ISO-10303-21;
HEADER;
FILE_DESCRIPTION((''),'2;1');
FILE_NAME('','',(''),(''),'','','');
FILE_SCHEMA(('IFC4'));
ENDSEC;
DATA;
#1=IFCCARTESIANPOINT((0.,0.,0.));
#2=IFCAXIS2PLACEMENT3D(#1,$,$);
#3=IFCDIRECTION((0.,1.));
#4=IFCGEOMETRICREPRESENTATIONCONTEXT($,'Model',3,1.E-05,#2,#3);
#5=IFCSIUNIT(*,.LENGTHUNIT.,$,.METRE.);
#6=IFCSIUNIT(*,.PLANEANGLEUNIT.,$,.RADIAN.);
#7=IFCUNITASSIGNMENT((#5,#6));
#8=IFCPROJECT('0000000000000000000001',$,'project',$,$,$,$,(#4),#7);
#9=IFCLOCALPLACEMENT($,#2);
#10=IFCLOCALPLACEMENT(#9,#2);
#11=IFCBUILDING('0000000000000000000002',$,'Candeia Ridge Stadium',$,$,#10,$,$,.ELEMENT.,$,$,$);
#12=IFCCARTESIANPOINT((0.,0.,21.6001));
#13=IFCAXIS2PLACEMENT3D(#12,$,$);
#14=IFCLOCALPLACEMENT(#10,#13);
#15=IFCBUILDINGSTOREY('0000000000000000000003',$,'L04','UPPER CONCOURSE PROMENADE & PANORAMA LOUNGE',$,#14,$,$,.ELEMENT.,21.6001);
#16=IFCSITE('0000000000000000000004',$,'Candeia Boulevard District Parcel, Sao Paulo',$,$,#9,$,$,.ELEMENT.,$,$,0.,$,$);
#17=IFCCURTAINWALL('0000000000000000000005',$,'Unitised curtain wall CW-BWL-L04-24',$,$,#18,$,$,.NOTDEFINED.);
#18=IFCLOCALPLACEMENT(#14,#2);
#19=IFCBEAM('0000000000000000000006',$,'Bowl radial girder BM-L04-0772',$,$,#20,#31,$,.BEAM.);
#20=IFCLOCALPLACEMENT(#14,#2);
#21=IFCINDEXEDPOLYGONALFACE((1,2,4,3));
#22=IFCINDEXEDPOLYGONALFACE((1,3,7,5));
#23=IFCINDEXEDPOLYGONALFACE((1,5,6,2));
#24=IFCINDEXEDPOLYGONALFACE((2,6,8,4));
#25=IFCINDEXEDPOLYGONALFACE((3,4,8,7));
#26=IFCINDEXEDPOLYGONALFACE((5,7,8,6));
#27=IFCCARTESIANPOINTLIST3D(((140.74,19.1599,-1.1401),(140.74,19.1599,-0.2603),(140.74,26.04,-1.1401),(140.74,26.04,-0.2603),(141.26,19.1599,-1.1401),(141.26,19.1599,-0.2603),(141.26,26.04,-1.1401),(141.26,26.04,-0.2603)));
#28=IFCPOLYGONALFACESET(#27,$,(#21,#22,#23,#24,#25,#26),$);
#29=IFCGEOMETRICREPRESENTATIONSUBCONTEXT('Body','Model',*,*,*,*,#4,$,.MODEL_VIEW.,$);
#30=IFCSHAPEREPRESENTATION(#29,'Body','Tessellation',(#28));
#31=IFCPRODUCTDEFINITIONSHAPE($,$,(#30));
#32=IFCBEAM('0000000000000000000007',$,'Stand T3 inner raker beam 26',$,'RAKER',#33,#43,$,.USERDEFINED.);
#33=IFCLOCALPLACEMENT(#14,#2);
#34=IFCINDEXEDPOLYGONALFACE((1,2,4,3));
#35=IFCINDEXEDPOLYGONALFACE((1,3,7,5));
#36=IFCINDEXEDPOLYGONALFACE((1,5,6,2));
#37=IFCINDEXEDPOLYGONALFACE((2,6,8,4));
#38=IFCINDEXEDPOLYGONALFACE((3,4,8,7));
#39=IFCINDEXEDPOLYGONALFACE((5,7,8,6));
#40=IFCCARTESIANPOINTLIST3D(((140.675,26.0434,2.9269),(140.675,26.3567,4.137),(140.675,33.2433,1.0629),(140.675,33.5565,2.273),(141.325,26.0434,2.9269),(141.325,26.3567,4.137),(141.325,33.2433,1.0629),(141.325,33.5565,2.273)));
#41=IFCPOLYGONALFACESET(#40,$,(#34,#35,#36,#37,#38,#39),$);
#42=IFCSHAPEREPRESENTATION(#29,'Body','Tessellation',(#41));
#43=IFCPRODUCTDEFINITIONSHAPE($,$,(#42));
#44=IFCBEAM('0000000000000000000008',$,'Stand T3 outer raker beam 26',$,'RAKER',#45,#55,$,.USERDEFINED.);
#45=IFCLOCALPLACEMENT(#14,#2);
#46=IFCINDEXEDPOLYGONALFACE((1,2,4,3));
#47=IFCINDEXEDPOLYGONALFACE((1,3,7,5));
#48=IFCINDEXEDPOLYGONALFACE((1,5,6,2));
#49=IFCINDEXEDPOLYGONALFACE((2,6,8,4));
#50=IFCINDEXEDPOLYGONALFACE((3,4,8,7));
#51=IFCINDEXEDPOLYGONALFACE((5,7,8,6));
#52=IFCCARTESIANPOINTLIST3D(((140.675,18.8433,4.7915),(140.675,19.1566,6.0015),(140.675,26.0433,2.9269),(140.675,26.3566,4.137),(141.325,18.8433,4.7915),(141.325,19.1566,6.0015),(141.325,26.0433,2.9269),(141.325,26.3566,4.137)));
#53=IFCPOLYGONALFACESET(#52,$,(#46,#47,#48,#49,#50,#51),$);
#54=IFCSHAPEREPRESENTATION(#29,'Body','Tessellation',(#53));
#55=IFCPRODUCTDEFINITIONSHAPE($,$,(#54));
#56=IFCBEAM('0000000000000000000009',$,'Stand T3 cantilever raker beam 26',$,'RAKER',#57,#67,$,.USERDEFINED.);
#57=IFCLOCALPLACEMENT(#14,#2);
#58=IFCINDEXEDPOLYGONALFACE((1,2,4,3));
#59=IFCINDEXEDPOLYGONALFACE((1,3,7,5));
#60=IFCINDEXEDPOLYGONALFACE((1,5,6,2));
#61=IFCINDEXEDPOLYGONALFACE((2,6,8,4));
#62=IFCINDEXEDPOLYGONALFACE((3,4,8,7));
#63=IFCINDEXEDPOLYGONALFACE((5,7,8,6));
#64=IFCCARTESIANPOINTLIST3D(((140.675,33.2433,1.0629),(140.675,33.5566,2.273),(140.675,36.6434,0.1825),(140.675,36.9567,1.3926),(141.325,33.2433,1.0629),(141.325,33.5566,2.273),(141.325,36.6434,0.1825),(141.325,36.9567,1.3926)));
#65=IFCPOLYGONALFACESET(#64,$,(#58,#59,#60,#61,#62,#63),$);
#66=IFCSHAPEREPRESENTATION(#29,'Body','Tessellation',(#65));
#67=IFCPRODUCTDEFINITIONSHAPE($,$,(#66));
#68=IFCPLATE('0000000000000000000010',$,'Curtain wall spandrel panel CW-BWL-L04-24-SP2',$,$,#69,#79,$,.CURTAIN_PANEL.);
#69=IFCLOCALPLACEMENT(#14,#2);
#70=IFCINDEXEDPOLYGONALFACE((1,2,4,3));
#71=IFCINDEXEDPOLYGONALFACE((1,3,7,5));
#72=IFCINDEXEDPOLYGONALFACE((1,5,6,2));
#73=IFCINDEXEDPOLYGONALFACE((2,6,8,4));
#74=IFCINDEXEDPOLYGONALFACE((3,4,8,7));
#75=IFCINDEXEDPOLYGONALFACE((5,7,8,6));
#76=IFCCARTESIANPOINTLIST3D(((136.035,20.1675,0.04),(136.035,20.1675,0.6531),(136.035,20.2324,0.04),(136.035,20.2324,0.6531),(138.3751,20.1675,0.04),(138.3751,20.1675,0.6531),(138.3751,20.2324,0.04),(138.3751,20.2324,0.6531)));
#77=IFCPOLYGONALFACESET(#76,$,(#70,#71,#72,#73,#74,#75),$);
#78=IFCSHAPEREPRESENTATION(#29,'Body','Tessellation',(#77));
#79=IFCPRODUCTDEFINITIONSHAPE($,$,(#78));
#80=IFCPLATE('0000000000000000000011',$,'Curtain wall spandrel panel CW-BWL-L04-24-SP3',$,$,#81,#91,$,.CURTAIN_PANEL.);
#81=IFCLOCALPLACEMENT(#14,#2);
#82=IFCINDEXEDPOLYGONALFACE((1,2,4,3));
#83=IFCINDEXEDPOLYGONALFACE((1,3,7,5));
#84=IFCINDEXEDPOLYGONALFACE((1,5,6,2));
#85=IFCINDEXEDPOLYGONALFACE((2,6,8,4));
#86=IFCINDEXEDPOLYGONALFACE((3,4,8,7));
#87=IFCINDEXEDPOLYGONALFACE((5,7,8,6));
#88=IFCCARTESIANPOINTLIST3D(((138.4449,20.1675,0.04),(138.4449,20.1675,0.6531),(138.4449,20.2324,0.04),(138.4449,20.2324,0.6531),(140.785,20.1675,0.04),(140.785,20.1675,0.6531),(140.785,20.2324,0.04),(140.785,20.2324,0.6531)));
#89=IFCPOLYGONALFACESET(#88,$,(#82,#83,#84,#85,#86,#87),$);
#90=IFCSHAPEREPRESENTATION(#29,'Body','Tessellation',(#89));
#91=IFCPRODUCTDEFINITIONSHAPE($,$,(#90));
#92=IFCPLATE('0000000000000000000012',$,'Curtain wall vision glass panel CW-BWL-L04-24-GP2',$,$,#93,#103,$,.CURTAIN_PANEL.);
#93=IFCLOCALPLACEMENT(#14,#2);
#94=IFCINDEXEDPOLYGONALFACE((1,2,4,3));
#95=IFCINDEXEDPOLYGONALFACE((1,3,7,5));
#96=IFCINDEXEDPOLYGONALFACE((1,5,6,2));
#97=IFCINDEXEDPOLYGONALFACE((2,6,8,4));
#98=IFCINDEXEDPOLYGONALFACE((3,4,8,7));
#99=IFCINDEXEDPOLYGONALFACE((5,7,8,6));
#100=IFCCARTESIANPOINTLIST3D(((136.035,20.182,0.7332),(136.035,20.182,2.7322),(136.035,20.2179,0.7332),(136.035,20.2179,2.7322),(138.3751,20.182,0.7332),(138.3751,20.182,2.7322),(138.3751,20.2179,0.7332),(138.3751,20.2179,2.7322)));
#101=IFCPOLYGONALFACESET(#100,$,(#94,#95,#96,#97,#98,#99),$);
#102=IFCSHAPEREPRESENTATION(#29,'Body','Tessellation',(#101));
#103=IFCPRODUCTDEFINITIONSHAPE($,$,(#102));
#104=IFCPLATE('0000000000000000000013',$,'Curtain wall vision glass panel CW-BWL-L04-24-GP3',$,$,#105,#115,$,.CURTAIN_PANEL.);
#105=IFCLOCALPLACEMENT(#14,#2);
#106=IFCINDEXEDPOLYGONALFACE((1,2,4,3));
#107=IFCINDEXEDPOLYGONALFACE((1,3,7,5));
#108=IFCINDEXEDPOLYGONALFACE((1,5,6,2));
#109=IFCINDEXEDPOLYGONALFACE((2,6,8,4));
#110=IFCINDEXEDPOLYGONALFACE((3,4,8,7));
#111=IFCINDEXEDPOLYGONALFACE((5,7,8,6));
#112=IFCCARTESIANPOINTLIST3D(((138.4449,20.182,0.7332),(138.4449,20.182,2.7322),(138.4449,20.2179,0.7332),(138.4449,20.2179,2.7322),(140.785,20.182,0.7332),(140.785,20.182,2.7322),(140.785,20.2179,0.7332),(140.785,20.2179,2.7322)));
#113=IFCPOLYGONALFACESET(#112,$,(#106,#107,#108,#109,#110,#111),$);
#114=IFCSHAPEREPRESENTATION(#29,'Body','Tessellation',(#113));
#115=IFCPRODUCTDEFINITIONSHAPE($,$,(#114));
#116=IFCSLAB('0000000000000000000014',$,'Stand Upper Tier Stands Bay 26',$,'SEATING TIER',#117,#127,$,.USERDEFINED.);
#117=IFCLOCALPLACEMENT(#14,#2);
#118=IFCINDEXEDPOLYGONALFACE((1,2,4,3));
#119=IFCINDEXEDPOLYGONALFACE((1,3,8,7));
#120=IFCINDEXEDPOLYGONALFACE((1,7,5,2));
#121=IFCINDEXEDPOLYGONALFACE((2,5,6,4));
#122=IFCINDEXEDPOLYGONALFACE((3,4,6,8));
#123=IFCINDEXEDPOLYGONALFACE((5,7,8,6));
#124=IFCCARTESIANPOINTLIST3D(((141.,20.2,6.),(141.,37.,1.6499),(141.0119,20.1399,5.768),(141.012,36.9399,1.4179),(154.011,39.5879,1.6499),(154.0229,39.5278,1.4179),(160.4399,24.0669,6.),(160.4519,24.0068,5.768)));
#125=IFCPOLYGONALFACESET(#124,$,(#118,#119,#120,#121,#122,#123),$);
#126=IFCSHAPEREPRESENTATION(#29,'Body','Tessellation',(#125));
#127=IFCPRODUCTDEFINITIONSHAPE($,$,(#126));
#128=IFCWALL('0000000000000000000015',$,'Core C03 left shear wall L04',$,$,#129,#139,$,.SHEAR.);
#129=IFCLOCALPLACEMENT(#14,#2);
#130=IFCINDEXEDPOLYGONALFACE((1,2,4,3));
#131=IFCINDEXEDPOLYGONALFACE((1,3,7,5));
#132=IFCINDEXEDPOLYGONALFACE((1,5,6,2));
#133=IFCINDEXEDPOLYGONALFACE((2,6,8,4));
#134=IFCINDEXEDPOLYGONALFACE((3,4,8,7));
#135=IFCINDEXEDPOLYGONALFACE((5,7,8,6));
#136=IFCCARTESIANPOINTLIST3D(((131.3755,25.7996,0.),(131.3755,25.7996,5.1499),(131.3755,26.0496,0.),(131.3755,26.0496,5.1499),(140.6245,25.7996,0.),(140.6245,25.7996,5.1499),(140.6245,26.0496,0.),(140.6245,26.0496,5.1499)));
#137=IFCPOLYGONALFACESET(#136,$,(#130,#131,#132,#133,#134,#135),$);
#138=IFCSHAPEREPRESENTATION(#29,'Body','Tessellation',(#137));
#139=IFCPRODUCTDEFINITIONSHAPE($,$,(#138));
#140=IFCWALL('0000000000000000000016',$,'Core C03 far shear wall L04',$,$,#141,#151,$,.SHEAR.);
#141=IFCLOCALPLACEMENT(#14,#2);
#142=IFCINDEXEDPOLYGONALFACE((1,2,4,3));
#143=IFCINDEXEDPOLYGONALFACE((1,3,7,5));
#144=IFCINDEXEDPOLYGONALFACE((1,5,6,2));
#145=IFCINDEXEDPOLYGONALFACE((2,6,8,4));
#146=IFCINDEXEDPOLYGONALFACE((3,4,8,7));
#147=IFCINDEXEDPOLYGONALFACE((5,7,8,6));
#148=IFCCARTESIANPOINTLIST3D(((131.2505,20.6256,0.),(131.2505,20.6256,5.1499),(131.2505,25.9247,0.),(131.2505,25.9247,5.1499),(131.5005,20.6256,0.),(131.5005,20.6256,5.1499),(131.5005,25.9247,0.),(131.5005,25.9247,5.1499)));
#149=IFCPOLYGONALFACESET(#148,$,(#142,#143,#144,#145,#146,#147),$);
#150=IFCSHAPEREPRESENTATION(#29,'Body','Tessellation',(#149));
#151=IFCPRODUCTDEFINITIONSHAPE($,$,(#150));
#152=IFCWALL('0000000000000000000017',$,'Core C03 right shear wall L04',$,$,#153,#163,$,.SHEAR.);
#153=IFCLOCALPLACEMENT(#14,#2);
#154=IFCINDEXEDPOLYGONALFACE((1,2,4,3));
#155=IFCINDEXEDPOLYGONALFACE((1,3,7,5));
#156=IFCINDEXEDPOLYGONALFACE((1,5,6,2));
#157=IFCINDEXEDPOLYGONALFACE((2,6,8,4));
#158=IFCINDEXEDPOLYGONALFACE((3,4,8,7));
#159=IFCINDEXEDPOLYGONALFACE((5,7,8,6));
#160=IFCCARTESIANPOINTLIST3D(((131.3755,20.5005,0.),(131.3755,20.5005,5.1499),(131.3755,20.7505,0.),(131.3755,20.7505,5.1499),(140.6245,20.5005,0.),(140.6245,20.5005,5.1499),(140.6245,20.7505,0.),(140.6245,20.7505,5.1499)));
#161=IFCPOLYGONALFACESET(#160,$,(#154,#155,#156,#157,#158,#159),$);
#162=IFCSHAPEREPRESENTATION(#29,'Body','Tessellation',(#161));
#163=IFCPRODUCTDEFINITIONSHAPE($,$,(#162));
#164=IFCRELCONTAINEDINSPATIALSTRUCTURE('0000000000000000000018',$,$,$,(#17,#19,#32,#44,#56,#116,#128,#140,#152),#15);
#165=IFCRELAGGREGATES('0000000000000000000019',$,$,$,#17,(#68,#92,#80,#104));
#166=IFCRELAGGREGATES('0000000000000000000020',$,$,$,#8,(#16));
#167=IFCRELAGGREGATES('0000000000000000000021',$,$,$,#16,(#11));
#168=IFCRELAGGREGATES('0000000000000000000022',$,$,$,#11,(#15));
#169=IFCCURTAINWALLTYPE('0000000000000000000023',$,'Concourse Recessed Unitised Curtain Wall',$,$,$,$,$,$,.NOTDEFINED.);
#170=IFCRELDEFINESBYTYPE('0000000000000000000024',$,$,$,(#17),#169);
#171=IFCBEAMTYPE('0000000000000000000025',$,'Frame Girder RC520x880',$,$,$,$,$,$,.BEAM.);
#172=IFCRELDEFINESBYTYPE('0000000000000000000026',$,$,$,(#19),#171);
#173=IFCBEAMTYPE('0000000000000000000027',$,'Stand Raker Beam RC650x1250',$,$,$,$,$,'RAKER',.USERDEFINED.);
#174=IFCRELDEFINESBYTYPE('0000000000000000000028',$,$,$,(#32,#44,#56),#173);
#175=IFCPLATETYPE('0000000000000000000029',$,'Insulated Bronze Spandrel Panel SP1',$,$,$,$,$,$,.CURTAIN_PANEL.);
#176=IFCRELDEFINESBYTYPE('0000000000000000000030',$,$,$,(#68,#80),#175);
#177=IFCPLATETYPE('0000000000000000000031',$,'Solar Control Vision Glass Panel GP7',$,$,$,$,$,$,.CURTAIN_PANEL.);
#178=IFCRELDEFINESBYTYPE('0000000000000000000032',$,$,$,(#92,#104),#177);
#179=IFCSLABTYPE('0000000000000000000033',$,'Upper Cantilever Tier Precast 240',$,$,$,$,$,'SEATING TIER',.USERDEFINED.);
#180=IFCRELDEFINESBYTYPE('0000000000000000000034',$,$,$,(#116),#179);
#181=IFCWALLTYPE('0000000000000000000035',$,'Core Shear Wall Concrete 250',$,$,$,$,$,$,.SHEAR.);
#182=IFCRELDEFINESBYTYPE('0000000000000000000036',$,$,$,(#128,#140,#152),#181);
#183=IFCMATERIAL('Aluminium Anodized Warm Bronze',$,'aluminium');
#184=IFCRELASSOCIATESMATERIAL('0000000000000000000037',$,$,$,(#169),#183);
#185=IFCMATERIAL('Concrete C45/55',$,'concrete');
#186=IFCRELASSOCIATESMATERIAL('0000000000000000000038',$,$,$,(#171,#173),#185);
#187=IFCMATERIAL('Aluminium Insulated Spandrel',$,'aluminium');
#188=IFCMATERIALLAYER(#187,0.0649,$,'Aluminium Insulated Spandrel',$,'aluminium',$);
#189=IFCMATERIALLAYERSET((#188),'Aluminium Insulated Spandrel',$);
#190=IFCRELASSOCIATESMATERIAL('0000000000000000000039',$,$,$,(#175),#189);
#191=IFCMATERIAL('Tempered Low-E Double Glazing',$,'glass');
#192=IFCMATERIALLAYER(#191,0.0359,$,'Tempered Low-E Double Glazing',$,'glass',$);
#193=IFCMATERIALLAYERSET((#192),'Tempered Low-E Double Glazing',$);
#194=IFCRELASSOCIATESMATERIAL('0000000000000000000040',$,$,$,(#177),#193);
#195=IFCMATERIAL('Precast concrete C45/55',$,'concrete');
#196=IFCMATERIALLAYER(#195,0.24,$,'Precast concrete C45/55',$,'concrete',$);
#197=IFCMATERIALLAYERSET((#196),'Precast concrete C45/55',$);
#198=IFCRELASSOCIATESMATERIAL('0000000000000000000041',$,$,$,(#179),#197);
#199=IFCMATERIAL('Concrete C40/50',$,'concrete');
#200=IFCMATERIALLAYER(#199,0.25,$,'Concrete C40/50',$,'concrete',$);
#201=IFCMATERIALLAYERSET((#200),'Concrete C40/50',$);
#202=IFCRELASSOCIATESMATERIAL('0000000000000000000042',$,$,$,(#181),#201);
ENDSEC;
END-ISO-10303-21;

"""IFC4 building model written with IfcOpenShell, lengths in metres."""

from ifc_helpers import new_model, si_unit, direction, frame, frame_2d, origin, origin_2d, place, context, subcontext, project, spatial, polyline, rectangle, outline, extrude, material, layer, layer_set, material_profile, profile_set, type_object, element, aggregate, save


model = new_model("IFC4")

# Units and contexts
model_context = context("Model", 3, precision=1e-05, world=origin(), true_north=direction((0.0, 1.0)))
body_context = subcontext(model_context, "Body", "Model", "MODEL_VIEW")
ifc_project = project(units=[si_unit("LENGTHUNIT", "METRE"), si_unit("PLANEANGLEUNIT", "RADIAN")], contexts=[model_context])

# Site, building, storey
site_placement = place(None, origin())
site = spatial("IfcSite", under=ifc_project, at=site_placement, Name="Candeia Boulevard District Parcel, Sao Paulo", CompositionType="ELEMENT", RefElevation=0.0)
building_placement = place(site_placement, origin())
building = spatial("IfcBuilding", under=site, at=building_placement, Name="Candeia Ridge Stadium", CompositionType="ELEMENT")
storey_placement = place(building_placement, frame((0.0, 0.0, 21.6001)))
storey = spatial("IfcBuildingStorey", under=building, at=storey_placement, Name="L04", Description="UPPER CONCOURSE PROMENADE & PANORAMA LOUNGE", CompositionType="ELEMENT", Elevation=21.6001)

# Shared definitions
ifc_material_1 = material(Name="Concrete C45/55", Category="concrete")
ifc_material_2 = material(Name="Concrete C40/50", Category="concrete")

# Curtain wall
ifc_material_3 = material(Name="Aluminium Anodized Warm Bronze", Category="aluminium")
curtain_wall_type = type_object("IfcCurtainWallType", Name="Concourse Recessed Unitised Curtain Wall", PredefinedType="NOTDEFINED", material=ifc_material_3)
curtain_wall_placement = place(storey_placement, origin())
curtain_wall = element("IfcCurtainWall", 1, at=curtain_wall_placement, inside=storey, type_object=curtain_wall_type, Name="Unitised curtain wall CW-BWL-L04-24", PredefinedType="NOTDEFINED")

# Beams
ifc_material_profile_1 = material_profile(ifc_material_1, rectangle(XDim=0.52, YDim=0.8799, at=origin_2d()), Name="RC520x880", Category="concrete")
ifc_profile_set_1 = profile_set([ifc_material_profile_1], Name="Concrete C45/55")
beam_type_1 = type_object("IfcBeamType", Name="Frame Girder RC520x880", PredefinedType="BEAM", material=ifc_profile_set_1)
beam_1_placement = place(storey_placement, frame((141.0, 26.04, -0.7002), z_axis=(0.0, -1.0, 0.0), x_axis=(1.0, 0.0, 0.0)))
element("IfcBeam", 2, at=beam_1_placement, inside=storey, type_object=beam_type_1, Name="Bowl radial girder BM-L04-0772", PredefinedType="BEAM", context=body_context, shape_type="SweptSolid", body=[
    extrude(rectangle(XDim=0.52, YDim=0.8799, at=origin_2d()), origin(), (0.0, 0.0, 1.0), 6.8801),
])
ifc_material_profile_2 = material_profile(ifc_material_1, rectangle(XDim=0.6499, YDim=1.25, at=origin_2d()), Name="RC650x1250", Category="concrete")
ifc_profile_set_2 = profile_set([ifc_material_profile_2], Name="Concrete C45/55")
beam_type_2 = type_object("IfcBeamType", Name="Stand Raker Beam RC650x1250", ElementType="RAKER", PredefinedType="USERDEFINED", material=ifc_profile_set_2)
beam_2_placement = place(storey_placement, frame((141.0, 33.3999, 1.668), z_axis=(0.0, -0.968083, 0.250629), x_axis=(1.0, 0.0, 0.0)))
element("IfcBeam", 3, at=beam_2_placement, inside=storey, type_object=beam_type_2, Name="Stand T3 inner raker beam 26", ObjectType="RAKER", PredefinedType="USERDEFINED", context=body_context, shape_type="SweptSolid", body=[
    extrude(rectangle(XDim=0.6499, YDim=1.25, at=origin_2d()), origin(), (0.0, 0.0, 1.0), 7.4373),
])
beam_3_placement = place(storey_placement, frame((141.0, 26.2, 3.532), z_axis=(0.0, -0.968067, 0.250691), x_axis=(1.0, 0.0, 0.0)))
element("IfcBeam", 4, at=beam_3_placement, inside=storey, type_object=beam_type_2, Name="Stand T3 outer raker beam 26", ObjectType="RAKER", PredefinedType="USERDEFINED", context=body_context, shape_type="SweptSolid", body=[
    extrude(rectangle(XDim=0.6499, YDim=1.25, at=origin_2d()), origin(), (0.0, 0.0, 1.0), 7.4375),
])
beam_4_placement = place(storey_placement, frame((141.0, 36.8, 0.7876), z_axis=(0.0, -0.968076, 0.250656), x_axis=(1.0, 0.0, 0.0)))
element("IfcBeam", 5, at=beam_4_placement, inside=storey, type_object=beam_type_2, Name="Stand T3 cantilever raker beam 26", ObjectType="RAKER", PredefinedType="USERDEFINED", context=body_context, shape_type="SweptSolid", body=[
    extrude(rectangle(XDim=0.6499, YDim=1.25, at=origin_2d()), origin(), (0.0, 0.0, 1.0), 3.5122),
])

# Plates
ifc_material_4 = material(Name="Aluminium Insulated Spandrel", Category="aluminium")
ifc_layer_1 = layer(ifc_material_4, 0.0649, Name="Aluminium Insulated Spandrel", Category="aluminium")
ifc_layer_set_1 = layer_set([ifc_layer_1], Name="Aluminium Insulated Spandrel")
plate_type_1 = type_object("IfcPlateType", Name="Insulated Bronze Spandrel Panel SP1", PredefinedType="CURTAIN_PANEL", material=ifc_layer_set_1)
plate_1_placement = place(storey_placement, frame((137.2051, 20.2, 0.04), z_axis=(0.0, 0.0, 1.0), x_axis=(1.0, 0.0, 0.0)))
plate_1 = element("IfcPlate", 6, at=plate_1_placement, type_object=plate_type_1, Name="Curtain wall spandrel panel CW-BWL-L04-24-SP2", PredefinedType="CURTAIN_PANEL", context=body_context, shape_type="SweptSolid", body=[
    extrude(rectangle(XDim=2.3401, YDim=0.0649, at=origin_2d()), origin(), (0.0, 0.0, 1.0), 0.613),
])
plate_2_placement = place(storey_placement, frame((139.615, 20.2, 0.04), z_axis=(0.0, 0.0, 1.0), x_axis=(1.0, 0.0, 0.0)))
plate_2 = element("IfcPlate", 7, at=plate_2_placement, type_object=plate_type_1, Name="Curtain wall spandrel panel CW-BWL-L04-24-SP3", PredefinedType="CURTAIN_PANEL", context=body_context, shape_type="SweptSolid", body=[
    extrude(rectangle(XDim=2.3401, YDim=0.0649, at=origin_2d()), origin(), (0.0, 0.0, 1.0), 0.613),
])
ifc_material_5 = material(Name="Tempered Low-E Double Glazing", Category="glass")
ifc_layer_2 = layer(ifc_material_5, 0.0359, Name="Tempered Low-E Double Glazing", Category="glass")
ifc_layer_set_2 = layer_set([ifc_layer_2], Name="Tempered Low-E Double Glazing")
plate_type_2 = type_object("IfcPlateType", Name="Solar Control Vision Glass Panel GP7", PredefinedType="CURTAIN_PANEL", material=ifc_layer_set_2)
plate_3_placement = place(storey_placement, frame((137.2051, 20.2, 0.7332), z_axis=(0.0, 0.0, 1.0), x_axis=(1.0, 0.0, 0.0)))
plate_3 = element("IfcPlate", 8, at=plate_3_placement, type_object=plate_type_2, Name="Curtain wall vision glass panel CW-BWL-L04-24-GP2", PredefinedType="CURTAIN_PANEL", context=body_context, shape_type="SweptSolid", body=[
    extrude(rectangle(XDim=2.3401, YDim=0.0359, at=origin_2d()), origin(), (0.0, 0.0, 1.0), 1.999),
])
plate_4_placement = place(storey_placement, frame((139.615, 20.2, 0.7332), z_axis=(0.0, 0.0, 1.0), x_axis=(1.0, 0.0, 0.0)))
plate_4 = element("IfcPlate", 9, at=plate_4_placement, type_object=plate_type_2, Name="Curtain wall vision glass panel CW-BWL-L04-24-GP3", PredefinedType="CURTAIN_PANEL", context=body_context, shape_type="SweptSolid", body=[
    extrude(rectangle(XDim=2.3401, YDim=0.0359, at=origin_2d()), origin(), (0.0, 0.0, 1.0), 1.999),
])
aggregate(curtain_wall, [plate_1, plate_3, plate_2, plate_4])

# Slab
ifc_material_6 = material(Name="Precast concrete C45/55", Category="concrete")
ifc_layer_3 = layer(ifc_material_6, 0.24, Name="Precast concrete C45/55", Category="concrete")
ifc_layer_set_3 = layer_set([ifc_layer_3], Name="Precast concrete C45/55")
slab_type = type_object("IfcSlabType", Name="Upper Cantilever Tier Precast 240", ElementType="SEATING TIER", PredefinedType="USERDEFINED", material=ifc_layer_set_3)
slab_placement = place(storey_placement, frame((141.0, 37.0, 1.6499), z_axis=(-0.049799, 0.250358, 0.966872), x_axis=(0.980787, 0.19508, 0.000002)))
element("IfcSlab", 10, at=slab_placement, inside=storey, type_object=slab_type, Name="Stand Upper Tier Stands Bay 26", ObjectType="SEATING TIER", PredefinedType="USERDEFINED", context=body_context, shape_type="SweptSolid", body=[
    extrude(outline(polyline([(0.0, 0.0), (13.2659, 0.0), (16.5435, -17.0415), (-3.2773, -17.0418), (0.0, 0.0)])), origin(), (0.0, 0.0, -1.0), 0.24),
])

# Walls
ifc_layer_4 = layer(ifc_material_2, 0.25, Name="Concrete C40/50", Category="concrete")
ifc_layer_set_4 = layer_set([ifc_layer_4], Name="Concrete C40/50")
wall_type = type_object("IfcWallType", Name="Core Shear Wall Concrete 250", PredefinedType="SHEAR", material=ifc_layer_set_4)
wall_1_placement = place(storey_placement, frame((140.6245, 25.9246, 0.0), z_axis=(0.0, 0.0, 1.0), x_axis=(-1.0, 0.0, 0.0)))
element("IfcWall", 11, at=wall_1_placement, inside=storey, type_object=wall_type, Name="Core C03 left shear wall L04", PredefinedType="SHEAR", context=body_context, shape_type="SweptSolid", body=[
    extrude(rectangle(XDim=9.249, YDim=0.25, at=frame_2d((4.6245, 0.0))), origin(), (0.0, 0.0, 1.0), 5.1499),
])
wall_2_placement = place(storey_placement, frame((131.3755, 25.9246, 0.0), z_axis=(0.0, 0.0, 1.0), x_axis=(0.0, -1.0, 0.0)))
element("IfcWall", 12, at=wall_2_placement, inside=storey, type_object=wall_type, Name="Core C03 far shear wall L04", PredefinedType="SHEAR", context=body_context, shape_type="SweptSolid", body=[
    extrude(rectangle(XDim=5.2991, YDim=0.25, at=frame_2d((2.6494, 0.0))), origin(), (0.0, 0.0, 1.0), 5.1499),
])
wall_3_placement = place(storey_placement, frame((131.3755, 20.6255, 0.0), z_axis=(0.0, 0.0, 1.0), x_axis=(1.0, 0.0, 0.0)))
element("IfcWall", 13, at=wall_3_placement, inside=storey, type_object=wall_type, Name="Core C03 right shear wall L04", PredefinedType="SHEAR", context=body_context, shape_type="SweptSolid", body=[
    extrude(rectangle(XDim=9.249, YDim=0.25, at=frame_2d((4.6245, 0.0))), origin(), (0.0, 0.0, 1.0), 5.1499),
])

save(model, "model.ifc")
